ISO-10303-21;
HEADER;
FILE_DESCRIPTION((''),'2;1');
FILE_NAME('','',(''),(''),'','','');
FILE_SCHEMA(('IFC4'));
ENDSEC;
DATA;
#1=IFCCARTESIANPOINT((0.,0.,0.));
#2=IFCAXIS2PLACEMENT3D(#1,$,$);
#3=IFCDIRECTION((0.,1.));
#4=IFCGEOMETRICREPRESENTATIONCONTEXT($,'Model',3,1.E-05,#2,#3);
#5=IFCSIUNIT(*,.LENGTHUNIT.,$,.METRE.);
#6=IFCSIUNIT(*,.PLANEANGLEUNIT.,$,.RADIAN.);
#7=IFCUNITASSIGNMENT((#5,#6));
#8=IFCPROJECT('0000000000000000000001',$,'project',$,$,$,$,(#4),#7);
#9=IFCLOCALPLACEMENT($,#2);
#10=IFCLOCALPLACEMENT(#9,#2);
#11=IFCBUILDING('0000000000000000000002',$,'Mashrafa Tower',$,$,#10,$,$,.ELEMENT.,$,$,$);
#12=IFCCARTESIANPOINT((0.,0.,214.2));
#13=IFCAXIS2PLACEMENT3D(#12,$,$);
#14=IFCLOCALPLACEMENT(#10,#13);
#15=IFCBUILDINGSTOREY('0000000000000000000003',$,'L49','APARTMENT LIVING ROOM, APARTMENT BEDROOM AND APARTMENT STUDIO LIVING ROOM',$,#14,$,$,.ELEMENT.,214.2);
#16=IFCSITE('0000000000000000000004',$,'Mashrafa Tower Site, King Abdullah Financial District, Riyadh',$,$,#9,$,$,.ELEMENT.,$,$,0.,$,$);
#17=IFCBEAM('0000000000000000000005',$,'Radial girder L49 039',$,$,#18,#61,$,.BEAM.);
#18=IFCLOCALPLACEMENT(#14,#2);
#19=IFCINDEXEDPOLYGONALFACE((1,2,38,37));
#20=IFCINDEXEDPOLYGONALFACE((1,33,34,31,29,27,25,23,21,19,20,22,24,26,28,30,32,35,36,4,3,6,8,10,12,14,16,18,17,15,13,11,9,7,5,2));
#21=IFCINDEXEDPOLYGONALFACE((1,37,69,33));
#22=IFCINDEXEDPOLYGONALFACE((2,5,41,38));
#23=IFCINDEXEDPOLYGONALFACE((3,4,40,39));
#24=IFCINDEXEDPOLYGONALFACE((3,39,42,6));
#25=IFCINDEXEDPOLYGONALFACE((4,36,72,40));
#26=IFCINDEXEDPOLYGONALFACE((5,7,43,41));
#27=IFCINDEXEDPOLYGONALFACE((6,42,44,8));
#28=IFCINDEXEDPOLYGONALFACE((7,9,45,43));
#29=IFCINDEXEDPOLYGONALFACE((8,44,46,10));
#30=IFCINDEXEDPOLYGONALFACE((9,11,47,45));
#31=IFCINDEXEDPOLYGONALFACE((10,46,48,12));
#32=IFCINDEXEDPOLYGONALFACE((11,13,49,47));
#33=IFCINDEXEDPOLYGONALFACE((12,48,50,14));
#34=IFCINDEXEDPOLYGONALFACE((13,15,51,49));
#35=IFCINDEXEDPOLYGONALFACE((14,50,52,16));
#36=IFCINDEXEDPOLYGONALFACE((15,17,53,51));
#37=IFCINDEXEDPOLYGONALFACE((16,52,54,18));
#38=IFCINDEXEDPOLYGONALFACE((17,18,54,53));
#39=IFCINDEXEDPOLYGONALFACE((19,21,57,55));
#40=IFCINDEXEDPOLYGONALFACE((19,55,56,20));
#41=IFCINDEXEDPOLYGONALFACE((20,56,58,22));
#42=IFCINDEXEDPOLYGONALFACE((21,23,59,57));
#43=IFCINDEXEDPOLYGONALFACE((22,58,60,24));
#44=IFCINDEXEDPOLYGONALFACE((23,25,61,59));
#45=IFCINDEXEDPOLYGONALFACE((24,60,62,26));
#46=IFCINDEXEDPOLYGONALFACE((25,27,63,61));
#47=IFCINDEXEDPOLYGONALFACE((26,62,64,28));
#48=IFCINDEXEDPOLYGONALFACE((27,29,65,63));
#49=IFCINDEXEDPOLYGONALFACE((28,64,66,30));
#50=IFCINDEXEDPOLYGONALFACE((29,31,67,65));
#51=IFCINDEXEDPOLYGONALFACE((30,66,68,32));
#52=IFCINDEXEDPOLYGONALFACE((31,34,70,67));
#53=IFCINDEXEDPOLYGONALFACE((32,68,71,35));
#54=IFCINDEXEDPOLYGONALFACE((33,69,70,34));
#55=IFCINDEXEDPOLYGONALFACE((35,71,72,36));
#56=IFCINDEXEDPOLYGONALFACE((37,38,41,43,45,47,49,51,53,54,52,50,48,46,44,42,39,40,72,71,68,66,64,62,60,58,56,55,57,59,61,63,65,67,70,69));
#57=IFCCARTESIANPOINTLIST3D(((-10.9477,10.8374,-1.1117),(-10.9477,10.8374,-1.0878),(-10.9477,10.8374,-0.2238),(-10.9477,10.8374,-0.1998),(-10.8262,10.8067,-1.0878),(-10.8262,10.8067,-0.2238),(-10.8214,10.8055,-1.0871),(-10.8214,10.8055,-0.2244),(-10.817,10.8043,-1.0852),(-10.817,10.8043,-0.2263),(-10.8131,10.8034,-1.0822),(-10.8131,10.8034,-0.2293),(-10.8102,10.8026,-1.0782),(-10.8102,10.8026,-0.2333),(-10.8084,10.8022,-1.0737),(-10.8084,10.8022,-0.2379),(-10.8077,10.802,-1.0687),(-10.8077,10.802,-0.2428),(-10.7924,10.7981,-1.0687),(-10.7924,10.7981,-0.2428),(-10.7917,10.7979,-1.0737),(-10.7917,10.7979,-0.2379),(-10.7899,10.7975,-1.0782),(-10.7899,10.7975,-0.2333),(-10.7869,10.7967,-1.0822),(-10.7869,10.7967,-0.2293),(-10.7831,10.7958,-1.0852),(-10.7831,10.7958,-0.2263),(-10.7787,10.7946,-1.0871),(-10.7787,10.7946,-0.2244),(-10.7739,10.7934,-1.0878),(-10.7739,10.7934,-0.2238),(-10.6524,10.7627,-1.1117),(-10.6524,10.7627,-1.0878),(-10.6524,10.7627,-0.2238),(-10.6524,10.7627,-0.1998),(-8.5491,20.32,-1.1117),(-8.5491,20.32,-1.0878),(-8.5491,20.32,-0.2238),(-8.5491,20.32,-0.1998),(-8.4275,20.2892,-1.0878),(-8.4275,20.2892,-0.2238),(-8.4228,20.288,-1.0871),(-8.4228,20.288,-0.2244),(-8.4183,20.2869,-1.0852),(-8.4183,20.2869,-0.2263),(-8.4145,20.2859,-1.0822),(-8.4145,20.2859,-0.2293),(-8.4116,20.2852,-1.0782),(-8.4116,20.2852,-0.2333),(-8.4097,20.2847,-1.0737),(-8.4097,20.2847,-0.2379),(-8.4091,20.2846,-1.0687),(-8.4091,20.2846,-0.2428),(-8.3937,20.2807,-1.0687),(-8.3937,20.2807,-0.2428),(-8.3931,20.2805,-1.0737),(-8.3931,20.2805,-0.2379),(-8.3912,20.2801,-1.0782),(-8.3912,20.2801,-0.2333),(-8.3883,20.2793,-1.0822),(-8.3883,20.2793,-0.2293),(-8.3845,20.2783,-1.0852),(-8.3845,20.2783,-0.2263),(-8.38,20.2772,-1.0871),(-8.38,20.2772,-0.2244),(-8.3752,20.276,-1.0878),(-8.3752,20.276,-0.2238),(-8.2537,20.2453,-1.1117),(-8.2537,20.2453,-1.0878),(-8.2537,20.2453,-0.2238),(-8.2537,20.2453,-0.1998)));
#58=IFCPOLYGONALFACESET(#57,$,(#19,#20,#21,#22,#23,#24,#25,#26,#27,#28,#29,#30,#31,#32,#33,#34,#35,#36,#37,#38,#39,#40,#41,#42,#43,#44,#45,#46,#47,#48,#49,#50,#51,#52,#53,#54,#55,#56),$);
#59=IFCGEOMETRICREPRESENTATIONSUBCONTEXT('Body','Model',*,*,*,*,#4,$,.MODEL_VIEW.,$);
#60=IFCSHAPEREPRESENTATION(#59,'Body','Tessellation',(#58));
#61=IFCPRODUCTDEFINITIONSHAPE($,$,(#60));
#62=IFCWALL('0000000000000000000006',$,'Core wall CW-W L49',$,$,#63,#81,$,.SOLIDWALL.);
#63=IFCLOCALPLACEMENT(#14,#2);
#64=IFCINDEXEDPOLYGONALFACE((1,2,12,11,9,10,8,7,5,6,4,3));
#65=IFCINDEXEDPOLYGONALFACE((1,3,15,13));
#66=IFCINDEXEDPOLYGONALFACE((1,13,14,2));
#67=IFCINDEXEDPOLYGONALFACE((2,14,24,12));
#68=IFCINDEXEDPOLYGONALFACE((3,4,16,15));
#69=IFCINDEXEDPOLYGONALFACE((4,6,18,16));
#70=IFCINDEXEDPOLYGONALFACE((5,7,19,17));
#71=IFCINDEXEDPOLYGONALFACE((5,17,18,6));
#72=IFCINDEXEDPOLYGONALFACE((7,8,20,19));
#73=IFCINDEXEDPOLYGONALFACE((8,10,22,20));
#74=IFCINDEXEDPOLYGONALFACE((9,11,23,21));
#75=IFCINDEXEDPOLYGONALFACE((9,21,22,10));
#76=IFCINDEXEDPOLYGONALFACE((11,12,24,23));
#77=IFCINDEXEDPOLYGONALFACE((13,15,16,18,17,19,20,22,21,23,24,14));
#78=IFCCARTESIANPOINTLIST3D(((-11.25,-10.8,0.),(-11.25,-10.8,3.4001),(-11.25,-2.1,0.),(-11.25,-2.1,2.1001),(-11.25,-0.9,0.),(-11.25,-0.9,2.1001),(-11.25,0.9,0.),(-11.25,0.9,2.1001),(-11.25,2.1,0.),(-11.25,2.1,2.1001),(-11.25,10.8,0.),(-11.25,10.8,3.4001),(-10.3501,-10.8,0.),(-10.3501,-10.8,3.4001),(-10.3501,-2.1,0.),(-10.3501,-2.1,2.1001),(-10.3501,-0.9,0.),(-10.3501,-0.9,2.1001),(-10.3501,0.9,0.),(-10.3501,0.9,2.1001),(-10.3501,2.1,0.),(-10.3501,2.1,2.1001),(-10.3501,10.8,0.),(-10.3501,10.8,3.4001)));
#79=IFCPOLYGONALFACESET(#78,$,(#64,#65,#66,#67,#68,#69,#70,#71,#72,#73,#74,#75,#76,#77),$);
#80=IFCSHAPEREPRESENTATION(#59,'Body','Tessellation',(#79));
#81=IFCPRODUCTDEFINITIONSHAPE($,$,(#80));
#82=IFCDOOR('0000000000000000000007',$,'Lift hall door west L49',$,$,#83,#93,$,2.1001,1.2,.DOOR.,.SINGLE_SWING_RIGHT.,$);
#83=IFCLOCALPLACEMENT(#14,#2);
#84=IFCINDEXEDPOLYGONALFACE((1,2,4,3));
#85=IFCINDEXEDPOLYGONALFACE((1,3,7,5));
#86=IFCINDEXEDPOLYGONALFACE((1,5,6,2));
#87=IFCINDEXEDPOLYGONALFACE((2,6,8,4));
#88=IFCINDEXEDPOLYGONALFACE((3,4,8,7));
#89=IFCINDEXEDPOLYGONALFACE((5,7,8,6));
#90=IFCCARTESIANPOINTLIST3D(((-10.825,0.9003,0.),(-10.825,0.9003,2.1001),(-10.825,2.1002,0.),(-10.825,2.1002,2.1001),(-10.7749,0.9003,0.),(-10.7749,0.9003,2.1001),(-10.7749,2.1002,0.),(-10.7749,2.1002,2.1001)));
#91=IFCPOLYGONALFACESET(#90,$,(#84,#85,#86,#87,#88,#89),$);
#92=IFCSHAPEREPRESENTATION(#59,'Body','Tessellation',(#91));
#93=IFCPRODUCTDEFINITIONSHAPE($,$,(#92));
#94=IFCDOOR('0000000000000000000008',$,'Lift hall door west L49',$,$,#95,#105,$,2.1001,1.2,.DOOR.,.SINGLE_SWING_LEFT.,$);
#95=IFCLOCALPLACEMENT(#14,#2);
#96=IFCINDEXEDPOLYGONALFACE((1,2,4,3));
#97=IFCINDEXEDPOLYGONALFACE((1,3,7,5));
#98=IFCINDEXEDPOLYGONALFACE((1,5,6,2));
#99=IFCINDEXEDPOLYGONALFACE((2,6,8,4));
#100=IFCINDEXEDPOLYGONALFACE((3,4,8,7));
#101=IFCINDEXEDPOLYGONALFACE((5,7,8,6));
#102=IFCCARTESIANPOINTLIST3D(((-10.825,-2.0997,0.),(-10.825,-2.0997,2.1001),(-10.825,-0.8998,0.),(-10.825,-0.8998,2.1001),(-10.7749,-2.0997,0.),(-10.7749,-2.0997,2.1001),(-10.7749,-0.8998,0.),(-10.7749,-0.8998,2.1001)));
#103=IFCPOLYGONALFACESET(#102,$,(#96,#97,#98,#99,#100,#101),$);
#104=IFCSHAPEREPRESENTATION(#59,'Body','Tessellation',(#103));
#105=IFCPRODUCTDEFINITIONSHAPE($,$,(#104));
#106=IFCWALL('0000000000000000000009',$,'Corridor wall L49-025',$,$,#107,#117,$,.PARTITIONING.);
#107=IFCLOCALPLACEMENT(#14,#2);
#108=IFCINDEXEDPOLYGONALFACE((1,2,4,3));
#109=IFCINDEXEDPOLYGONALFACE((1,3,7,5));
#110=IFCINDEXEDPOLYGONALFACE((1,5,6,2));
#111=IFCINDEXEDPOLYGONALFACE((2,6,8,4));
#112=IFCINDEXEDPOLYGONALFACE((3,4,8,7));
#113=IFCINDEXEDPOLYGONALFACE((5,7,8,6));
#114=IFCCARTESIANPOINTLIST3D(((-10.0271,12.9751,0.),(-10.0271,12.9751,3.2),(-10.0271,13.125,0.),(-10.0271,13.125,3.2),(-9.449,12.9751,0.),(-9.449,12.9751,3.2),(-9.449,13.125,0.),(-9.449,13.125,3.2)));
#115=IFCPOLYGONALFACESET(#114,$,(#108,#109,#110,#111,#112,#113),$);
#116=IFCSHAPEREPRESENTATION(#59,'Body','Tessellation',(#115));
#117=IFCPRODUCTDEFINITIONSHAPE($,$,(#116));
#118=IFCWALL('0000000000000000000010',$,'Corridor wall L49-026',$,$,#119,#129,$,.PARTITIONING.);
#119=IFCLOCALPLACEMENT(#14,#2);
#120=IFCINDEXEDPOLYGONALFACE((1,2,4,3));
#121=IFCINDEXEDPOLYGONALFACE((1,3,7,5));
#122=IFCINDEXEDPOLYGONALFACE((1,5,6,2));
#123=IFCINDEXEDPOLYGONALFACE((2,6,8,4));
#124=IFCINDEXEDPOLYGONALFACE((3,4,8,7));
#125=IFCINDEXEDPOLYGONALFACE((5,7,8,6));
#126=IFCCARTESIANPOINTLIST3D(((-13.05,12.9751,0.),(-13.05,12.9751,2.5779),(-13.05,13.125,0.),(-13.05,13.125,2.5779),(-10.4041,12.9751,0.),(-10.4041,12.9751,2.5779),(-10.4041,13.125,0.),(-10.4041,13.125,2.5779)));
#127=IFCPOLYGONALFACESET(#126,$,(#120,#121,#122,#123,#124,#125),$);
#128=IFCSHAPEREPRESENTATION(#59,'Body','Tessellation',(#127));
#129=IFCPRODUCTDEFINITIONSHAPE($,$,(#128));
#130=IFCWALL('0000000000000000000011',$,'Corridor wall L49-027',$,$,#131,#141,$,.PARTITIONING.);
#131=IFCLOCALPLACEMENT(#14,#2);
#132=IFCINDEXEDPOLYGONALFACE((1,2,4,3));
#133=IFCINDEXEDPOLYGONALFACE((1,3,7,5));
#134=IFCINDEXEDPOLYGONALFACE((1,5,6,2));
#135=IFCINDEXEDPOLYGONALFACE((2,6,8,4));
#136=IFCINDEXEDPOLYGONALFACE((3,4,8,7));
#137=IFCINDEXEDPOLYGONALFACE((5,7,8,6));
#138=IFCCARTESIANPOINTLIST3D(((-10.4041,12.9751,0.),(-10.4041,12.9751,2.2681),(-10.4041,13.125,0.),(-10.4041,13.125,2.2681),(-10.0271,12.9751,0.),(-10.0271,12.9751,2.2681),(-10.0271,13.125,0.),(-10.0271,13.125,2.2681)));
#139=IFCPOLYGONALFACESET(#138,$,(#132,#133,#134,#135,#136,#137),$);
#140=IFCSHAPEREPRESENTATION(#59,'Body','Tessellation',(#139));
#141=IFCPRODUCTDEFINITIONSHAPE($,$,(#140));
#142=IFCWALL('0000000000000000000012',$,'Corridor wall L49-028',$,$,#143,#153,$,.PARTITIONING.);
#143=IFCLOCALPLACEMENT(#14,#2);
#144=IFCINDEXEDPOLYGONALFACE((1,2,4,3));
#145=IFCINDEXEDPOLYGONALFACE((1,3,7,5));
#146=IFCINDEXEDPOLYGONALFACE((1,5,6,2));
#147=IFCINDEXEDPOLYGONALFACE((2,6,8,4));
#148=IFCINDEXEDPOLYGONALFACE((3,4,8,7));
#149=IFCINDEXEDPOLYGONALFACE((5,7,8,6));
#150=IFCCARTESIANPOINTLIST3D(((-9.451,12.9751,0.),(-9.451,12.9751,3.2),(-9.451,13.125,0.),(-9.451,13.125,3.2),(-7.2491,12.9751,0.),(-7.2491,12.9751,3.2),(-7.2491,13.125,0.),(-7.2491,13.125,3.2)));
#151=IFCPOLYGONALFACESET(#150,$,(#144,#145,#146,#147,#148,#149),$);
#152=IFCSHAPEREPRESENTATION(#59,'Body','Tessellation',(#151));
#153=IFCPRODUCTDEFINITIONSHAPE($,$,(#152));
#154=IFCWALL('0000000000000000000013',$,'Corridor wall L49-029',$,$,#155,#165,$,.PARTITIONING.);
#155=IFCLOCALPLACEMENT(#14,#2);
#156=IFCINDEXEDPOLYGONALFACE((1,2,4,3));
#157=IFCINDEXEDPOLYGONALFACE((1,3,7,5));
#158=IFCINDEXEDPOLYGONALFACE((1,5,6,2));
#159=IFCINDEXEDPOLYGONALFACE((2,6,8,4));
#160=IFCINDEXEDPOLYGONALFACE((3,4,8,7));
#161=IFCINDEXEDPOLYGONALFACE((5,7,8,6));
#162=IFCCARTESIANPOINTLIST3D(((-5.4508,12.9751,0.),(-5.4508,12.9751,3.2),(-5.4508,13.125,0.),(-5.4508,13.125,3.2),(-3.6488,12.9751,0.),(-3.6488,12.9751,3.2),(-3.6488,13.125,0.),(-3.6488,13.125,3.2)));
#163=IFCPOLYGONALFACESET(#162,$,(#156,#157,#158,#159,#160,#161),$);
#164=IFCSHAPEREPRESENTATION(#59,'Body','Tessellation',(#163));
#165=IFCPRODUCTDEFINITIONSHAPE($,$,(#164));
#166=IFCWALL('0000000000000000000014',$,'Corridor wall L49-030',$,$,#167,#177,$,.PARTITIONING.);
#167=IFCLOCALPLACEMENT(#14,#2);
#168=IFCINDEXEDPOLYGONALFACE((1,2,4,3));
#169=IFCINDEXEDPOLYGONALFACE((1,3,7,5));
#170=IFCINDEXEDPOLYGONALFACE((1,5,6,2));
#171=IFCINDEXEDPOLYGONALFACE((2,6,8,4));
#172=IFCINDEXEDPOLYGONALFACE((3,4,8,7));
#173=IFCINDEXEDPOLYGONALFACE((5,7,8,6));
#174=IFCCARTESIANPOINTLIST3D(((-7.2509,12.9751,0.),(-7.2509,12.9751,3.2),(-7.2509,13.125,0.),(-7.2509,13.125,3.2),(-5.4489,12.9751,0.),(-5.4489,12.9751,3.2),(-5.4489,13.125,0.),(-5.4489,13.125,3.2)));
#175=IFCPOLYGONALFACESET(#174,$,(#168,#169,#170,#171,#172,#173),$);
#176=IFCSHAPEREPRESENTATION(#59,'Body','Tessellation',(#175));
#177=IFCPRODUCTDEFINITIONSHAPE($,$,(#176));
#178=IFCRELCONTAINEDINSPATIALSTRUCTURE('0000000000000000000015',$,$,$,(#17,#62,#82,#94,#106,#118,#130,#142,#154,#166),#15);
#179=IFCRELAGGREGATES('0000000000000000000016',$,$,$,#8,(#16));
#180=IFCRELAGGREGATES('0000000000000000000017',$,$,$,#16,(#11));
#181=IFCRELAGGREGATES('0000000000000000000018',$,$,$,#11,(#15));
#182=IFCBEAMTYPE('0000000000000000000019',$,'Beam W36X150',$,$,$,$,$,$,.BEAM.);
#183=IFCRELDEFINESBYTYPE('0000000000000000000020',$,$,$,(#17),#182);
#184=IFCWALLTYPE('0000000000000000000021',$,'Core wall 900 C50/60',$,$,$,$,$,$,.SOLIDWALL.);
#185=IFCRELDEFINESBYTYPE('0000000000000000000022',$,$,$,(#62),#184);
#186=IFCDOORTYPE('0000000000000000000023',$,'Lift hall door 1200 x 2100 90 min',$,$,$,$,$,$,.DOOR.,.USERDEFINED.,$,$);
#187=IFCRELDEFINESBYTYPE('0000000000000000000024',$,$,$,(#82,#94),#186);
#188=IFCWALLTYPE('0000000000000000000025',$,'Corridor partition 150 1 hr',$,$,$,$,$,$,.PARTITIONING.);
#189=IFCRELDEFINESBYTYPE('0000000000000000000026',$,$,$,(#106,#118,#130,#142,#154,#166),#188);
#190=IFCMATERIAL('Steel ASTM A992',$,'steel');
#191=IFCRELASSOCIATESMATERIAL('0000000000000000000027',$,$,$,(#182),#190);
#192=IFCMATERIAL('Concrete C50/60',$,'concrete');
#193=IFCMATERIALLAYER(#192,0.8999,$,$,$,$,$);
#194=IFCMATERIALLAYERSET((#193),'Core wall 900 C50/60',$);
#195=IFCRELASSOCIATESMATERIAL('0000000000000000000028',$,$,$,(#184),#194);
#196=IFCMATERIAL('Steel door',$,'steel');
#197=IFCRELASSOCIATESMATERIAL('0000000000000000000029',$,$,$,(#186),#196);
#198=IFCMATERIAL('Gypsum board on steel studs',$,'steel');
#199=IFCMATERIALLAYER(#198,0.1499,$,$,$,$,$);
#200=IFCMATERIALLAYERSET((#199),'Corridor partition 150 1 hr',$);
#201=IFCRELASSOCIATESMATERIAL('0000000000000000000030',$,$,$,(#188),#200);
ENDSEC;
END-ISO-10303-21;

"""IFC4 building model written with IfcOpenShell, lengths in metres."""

from ifc_helpers import new_model, si_unit, direction, frame, frame_2d, origin, origin_2d, place, context, subcontext, project, spatial, rectangle, i_section, extrude, material, layer, layer_set, material_profile, profile_set, type_object, element, fill, save


model = new_model("IFC4")

# Units and contexts
model_context = context("Model", 3, precision=1e-05, world=origin(), true_north=direction((0.0, 1.0)))
body_context = subcontext(model_context, "Body", "Model", "MODEL_VIEW")
ifc_project = project(units=[si_unit("LENGTHUNIT", "METRE"), si_unit("PLANEANGLEUNIT", "RADIAN")], contexts=[model_context])

# Site, building, storey
site_placement = place(None, origin())
site = spatial("IfcSite", under=ifc_project, at=site_placement, Name="Mashrafa Tower Site, King Abdullah Financial District, Riyadh", CompositionType="ELEMENT", RefElevation=0.0)
building_placement = place(site_placement, origin())
building = spatial("IfcBuilding", under=site, at=building_placement, Name="Mashrafa Tower", CompositionType="ELEMENT")
storey_placement = place(building_placement, frame((0.0, 0.0, 214.2)))
storey = spatial("IfcBuildingStorey", under=building, at=storey_placement, Name="L49", Description="APARTMENT LIVING ROOM, APARTMENT BEDROOM AND APARTMENT STUDIO LIVING ROOM", CompositionType="ELEMENT", Elevation=214.2)

# Beam
ifc_material_1 = material(Name="Steel ASTM A992", Category="steel")
ifc_material_profile_1 = material_profile(ifc_material_1, i_section(OverallWidth=0.3047, OverallDepth=0.9119, WebThickness=0.0159, FlangeThickness=0.0239, FilletRadius=0.019, at=origin_2d()), Name="W36X150")
ifc_profile_set_1 = profile_set([ifc_material_profile_1], Name="Steel ASTM A992")
beam_type_1 = type_object("IfcBeamType", Name="Beam W36X150", PredefinedType="BEAM", material=ifc_profile_set_1)
for number, where, z_axis, x_axis, name in (
    (1, (-10.8, 10.8, -0.6558), (0.24523, 0.969465, 0.0), (-0.969465, 0.24523, 0.0), "Radial girder L49 039"),
):
    element("IfcBeam", number, at=place(storey_placement, frame(where, z_axis=z_axis, x_axis=x_axis)), inside=storey, type_object=beam_type_1, Name=name, PredefinedType="BEAM", context=body_context, shape_type="SweptSolid", body=[
        extrude(i_section(OverallWidth=0.3047, OverallDepth=0.9119, WebThickness=0.0159, FlangeThickness=0.0239, FilletRadius=0.019, at=origin_2d()), origin(), (0.0, 0.0, 1.0), 9.7812),
    ])

# Wall, openings, doors
ifc_material_2 = material(Name="Concrete C50/60", Category="concrete")
ifc_layer_1 = layer(ifc_material_2, 0.8999)
ifc_layer_set_1 = layer_set([ifc_layer_1], Name="Core wall 900 C50/60")
wall_type_1 = type_object("IfcWallType", Name="Core wall 900 C50/60", PredefinedType="SOLIDWALL", material=ifc_layer_set_1)
wall_1_placement = place(storey_placement, frame((-10.8, 10.8, 0.0), z_axis=(0.0, 0.0, 1.0), x_axis=(0.0, -1.0, 0.0)))
wall_1 = element("IfcWall", 2, at=wall_1_placement, inside=storey, type_object=wall_type_1, Name="Core wall CW-W L49", PredefinedType="SOLIDWALL", context=body_context, shape_type="SweptSolid", body=[
    extrude(rectangle(XDim=21.6001, YDim=0.8999, at=frame_2d((10.8, 0.0))), origin(), (0.0, 0.0, 1.0), 3.4001),
])
opening_1_placement = place(wall_1_placement, frame((8.7, 0.0, 0.0)))
opening_1 = element("IfcOpeningElement", 3, at=opening_1_placement, cuts=wall_1, PredefinedType="OPENING", context=body_context, shape_type="SweptSolid", body=[
    extrude(rectangle(XDim=1.2, YDim=2.1001, at=frame_2d((0.6001, 1.05))), frame((0.0, 0.46, 0.0), z_axis=(0.0, -1.0, 0.0), x_axis=(1.0, 0.0, 0.0)), (0.0, 0.0, 1.0), 0.9199),
])
opening_2_placement = place(wall_1_placement, frame((11.7, 0.0, 0.0)))
opening_2 = element("IfcOpeningElement", 4, at=opening_2_placement, cuts=wall_1, PredefinedType="OPENING", context=body_context, shape_type="SweptSolid", body=[
    extrude(rectangle(XDim=1.2, YDim=2.1001, at=frame_2d((0.6001, 1.05))), frame((0.0, 0.46, 0.0), z_axis=(0.0, -1.0, 0.0), x_axis=(1.0, 0.0, 0.0)), (0.0, 0.0, 1.0), 0.9199),
])
ifc_material_3 = material(Name="Steel door", Category="steel")
door_type_1 = type_object("IfcDoorType", Name="Lift hall door 1200 x 2100 90 min", OperationType="USERDEFINED", PredefinedType="DOOR", material=ifc_material_3)
door_1_placement = place(opening_1_placement, frame((1.2, 0.0, 0.0), z_axis=(0.0, 0.0, 1.0), x_axis=(-1.0, 0.0, 0.0)))
door_1 = element("IfcDoor", 5, at=door_1_placement, inside=storey, type_object=door_type_1, Name="Lift hall door west L49", OperationType="SINGLE_SWING_RIGHT", OverallHeight=2.1001, OverallWidth=1.2, PredefinedType="DOOR", context=body_context, shape_type="SweptSolid", body=[
    extrude(rectangle(XDim=1.2, YDim=2.1001, at=frame_2d((0.6001, 1.05))), frame((0.0, 0.0249, 0.0), z_axis=(0.0, -1.0, 0.0), x_axis=(1.0, 0.0, 0.0)), (0.0, 0.0, 1.0), 0.05),
])
fill(opening_1, door_1)
door_2_placement = place(opening_2_placement, frame((1.2, 0.0, 0.0), z_axis=(0.0, 0.0, 1.0), x_axis=(-1.0, 0.0, 0.0)))
door_2 = element("IfcDoor", 6, at=door_2_placement, inside=storey, type_object=door_type_1, Name="Lift hall door west L49", OperationType="SINGLE_SWING_LEFT", OverallHeight=2.1001, OverallWidth=1.2, PredefinedType="DOOR", context=body_context, shape_type="SweptSolid", body=[
    extrude(rectangle(XDim=1.2, YDim=2.1001, at=frame_2d((0.6001, 1.05))), frame((0.0, 0.0249, 0.0), z_axis=(0.0, -1.0, 0.0), x_axis=(1.0, 0.0, 0.0)), (0.0, 0.0, 1.0), 0.05),
])
fill(opening_2, door_2)

# Walls
ifc_material_4 = material(Name="Gypsum board on steel studs", Category="steel")
ifc_layer_2 = layer(ifc_material_4, 0.1499)
ifc_layer_set_2 = layer_set([ifc_layer_2], Name="Corridor partition 150 1 hr")
wall_type_2 = type_object("IfcWallType", Name="Corridor partition 150 1 hr", PredefinedType="PARTITIONING", material=ifc_layer_set_2)
wall_2_placement = place(storey_placement, frame((-9.449, 13.05, 0.0), z_axis=(0.0, 0.0, 1.0), x_axis=(-1.0, 0.0, 0.0)))
element("IfcWall", 7, at=wall_2_placement, inside=storey, type_object=wall_type_2, Name="Corridor wall L49-025", PredefinedType="PARTITIONING", context=body_context, shape_type="SweptSolid", body=[
    extrude(rectangle(XDim=0.5781, YDim=0.1499, at=frame_2d((0.2891, 0.0))), origin(), (0.0, 0.0, 1.0), 3.2),
])
wall_3_placement = place(storey_placement, frame((-10.4041, 13.05, 0.0), z_axis=(0.0, 0.0, 1.0), x_axis=(-1.0, 0.0, 0.0)))
element("IfcWall", 8, at=wall_3_placement, inside=storey, type_object=wall_type_2, Name="Corridor wall L49-026", PredefinedType="PARTITIONING", context=body_context, shape_type="SweptSolid", body=[
    extrude(rectangle(XDim=2.646, YDim=0.1499, at=frame_2d((1.323, 0.0))), origin(), (0.0, 0.0, 1.0), 2.5779),
])
wall_4_placement = place(storey_placement, frame((-10.0271, 13.05, 0.0), z_axis=(0.0, 0.0, 1.0), x_axis=(-1.0, 0.0, 0.0)))
element("IfcWall", 9, at=wall_4_placement, inside=storey, type_object=wall_type_2, Name="Corridor wall L49-027", PredefinedType="PARTITIONING", context=body_context, shape_type="SweptSolid", body=[
    extrude(rectangle(XDim=0.377, YDim=0.1499, at=frame_2d((0.1885, 0.0))), origin(), (0.0, 0.0, 1.0), 2.2681),
])
wall_5_placement = place(storey_placement, frame((-7.249, 13.05, 0.0), z_axis=(0.0, 0.0, 1.0), x_axis=(-1.0, 0.0, 0.0)))
element("IfcWall", 10, at=wall_5_placement, inside=storey, type_object=wall_type_2, Name="Corridor wall L49-028", PredefinedType="PARTITIONING", context=body_context, shape_type="SweptSolid", body=[
    extrude(rectangle(XDim=2.2019, YDim=0.1499, at=frame_2d((1.1011, 0.0))), origin(), (0.0, 0.0, 1.0), 3.2),
])
for number, where, z_axis, x_axis, name in (
    (11, (-3.6489, 13.05, 0.0), (0.0, 0.0, 1.0), (-1.0, 0.0, 0.0), "Corridor wall L49-029"),
    (12, (-5.449, 13.05, 0.0), (0.0, 0.0, 1.0), (-1.0, 0.0, 0.0), "Corridor wall L49-030"),
):
    element("IfcWall", number, at=place(storey_placement, frame(where, z_axis=z_axis, x_axis=x_axis)), inside=storey, type_object=wall_type_2, Name=name, PredefinedType="PARTITIONING", context=body_context, shape_type="SweptSolid", body=[
        extrude(rectangle(XDim=1.802, YDim=0.1499, at=frame_2d((0.9009, 0.0))), origin(), (0.0, 0.0, 1.0), 3.2),
    ])

save(model, "model.ifc")
